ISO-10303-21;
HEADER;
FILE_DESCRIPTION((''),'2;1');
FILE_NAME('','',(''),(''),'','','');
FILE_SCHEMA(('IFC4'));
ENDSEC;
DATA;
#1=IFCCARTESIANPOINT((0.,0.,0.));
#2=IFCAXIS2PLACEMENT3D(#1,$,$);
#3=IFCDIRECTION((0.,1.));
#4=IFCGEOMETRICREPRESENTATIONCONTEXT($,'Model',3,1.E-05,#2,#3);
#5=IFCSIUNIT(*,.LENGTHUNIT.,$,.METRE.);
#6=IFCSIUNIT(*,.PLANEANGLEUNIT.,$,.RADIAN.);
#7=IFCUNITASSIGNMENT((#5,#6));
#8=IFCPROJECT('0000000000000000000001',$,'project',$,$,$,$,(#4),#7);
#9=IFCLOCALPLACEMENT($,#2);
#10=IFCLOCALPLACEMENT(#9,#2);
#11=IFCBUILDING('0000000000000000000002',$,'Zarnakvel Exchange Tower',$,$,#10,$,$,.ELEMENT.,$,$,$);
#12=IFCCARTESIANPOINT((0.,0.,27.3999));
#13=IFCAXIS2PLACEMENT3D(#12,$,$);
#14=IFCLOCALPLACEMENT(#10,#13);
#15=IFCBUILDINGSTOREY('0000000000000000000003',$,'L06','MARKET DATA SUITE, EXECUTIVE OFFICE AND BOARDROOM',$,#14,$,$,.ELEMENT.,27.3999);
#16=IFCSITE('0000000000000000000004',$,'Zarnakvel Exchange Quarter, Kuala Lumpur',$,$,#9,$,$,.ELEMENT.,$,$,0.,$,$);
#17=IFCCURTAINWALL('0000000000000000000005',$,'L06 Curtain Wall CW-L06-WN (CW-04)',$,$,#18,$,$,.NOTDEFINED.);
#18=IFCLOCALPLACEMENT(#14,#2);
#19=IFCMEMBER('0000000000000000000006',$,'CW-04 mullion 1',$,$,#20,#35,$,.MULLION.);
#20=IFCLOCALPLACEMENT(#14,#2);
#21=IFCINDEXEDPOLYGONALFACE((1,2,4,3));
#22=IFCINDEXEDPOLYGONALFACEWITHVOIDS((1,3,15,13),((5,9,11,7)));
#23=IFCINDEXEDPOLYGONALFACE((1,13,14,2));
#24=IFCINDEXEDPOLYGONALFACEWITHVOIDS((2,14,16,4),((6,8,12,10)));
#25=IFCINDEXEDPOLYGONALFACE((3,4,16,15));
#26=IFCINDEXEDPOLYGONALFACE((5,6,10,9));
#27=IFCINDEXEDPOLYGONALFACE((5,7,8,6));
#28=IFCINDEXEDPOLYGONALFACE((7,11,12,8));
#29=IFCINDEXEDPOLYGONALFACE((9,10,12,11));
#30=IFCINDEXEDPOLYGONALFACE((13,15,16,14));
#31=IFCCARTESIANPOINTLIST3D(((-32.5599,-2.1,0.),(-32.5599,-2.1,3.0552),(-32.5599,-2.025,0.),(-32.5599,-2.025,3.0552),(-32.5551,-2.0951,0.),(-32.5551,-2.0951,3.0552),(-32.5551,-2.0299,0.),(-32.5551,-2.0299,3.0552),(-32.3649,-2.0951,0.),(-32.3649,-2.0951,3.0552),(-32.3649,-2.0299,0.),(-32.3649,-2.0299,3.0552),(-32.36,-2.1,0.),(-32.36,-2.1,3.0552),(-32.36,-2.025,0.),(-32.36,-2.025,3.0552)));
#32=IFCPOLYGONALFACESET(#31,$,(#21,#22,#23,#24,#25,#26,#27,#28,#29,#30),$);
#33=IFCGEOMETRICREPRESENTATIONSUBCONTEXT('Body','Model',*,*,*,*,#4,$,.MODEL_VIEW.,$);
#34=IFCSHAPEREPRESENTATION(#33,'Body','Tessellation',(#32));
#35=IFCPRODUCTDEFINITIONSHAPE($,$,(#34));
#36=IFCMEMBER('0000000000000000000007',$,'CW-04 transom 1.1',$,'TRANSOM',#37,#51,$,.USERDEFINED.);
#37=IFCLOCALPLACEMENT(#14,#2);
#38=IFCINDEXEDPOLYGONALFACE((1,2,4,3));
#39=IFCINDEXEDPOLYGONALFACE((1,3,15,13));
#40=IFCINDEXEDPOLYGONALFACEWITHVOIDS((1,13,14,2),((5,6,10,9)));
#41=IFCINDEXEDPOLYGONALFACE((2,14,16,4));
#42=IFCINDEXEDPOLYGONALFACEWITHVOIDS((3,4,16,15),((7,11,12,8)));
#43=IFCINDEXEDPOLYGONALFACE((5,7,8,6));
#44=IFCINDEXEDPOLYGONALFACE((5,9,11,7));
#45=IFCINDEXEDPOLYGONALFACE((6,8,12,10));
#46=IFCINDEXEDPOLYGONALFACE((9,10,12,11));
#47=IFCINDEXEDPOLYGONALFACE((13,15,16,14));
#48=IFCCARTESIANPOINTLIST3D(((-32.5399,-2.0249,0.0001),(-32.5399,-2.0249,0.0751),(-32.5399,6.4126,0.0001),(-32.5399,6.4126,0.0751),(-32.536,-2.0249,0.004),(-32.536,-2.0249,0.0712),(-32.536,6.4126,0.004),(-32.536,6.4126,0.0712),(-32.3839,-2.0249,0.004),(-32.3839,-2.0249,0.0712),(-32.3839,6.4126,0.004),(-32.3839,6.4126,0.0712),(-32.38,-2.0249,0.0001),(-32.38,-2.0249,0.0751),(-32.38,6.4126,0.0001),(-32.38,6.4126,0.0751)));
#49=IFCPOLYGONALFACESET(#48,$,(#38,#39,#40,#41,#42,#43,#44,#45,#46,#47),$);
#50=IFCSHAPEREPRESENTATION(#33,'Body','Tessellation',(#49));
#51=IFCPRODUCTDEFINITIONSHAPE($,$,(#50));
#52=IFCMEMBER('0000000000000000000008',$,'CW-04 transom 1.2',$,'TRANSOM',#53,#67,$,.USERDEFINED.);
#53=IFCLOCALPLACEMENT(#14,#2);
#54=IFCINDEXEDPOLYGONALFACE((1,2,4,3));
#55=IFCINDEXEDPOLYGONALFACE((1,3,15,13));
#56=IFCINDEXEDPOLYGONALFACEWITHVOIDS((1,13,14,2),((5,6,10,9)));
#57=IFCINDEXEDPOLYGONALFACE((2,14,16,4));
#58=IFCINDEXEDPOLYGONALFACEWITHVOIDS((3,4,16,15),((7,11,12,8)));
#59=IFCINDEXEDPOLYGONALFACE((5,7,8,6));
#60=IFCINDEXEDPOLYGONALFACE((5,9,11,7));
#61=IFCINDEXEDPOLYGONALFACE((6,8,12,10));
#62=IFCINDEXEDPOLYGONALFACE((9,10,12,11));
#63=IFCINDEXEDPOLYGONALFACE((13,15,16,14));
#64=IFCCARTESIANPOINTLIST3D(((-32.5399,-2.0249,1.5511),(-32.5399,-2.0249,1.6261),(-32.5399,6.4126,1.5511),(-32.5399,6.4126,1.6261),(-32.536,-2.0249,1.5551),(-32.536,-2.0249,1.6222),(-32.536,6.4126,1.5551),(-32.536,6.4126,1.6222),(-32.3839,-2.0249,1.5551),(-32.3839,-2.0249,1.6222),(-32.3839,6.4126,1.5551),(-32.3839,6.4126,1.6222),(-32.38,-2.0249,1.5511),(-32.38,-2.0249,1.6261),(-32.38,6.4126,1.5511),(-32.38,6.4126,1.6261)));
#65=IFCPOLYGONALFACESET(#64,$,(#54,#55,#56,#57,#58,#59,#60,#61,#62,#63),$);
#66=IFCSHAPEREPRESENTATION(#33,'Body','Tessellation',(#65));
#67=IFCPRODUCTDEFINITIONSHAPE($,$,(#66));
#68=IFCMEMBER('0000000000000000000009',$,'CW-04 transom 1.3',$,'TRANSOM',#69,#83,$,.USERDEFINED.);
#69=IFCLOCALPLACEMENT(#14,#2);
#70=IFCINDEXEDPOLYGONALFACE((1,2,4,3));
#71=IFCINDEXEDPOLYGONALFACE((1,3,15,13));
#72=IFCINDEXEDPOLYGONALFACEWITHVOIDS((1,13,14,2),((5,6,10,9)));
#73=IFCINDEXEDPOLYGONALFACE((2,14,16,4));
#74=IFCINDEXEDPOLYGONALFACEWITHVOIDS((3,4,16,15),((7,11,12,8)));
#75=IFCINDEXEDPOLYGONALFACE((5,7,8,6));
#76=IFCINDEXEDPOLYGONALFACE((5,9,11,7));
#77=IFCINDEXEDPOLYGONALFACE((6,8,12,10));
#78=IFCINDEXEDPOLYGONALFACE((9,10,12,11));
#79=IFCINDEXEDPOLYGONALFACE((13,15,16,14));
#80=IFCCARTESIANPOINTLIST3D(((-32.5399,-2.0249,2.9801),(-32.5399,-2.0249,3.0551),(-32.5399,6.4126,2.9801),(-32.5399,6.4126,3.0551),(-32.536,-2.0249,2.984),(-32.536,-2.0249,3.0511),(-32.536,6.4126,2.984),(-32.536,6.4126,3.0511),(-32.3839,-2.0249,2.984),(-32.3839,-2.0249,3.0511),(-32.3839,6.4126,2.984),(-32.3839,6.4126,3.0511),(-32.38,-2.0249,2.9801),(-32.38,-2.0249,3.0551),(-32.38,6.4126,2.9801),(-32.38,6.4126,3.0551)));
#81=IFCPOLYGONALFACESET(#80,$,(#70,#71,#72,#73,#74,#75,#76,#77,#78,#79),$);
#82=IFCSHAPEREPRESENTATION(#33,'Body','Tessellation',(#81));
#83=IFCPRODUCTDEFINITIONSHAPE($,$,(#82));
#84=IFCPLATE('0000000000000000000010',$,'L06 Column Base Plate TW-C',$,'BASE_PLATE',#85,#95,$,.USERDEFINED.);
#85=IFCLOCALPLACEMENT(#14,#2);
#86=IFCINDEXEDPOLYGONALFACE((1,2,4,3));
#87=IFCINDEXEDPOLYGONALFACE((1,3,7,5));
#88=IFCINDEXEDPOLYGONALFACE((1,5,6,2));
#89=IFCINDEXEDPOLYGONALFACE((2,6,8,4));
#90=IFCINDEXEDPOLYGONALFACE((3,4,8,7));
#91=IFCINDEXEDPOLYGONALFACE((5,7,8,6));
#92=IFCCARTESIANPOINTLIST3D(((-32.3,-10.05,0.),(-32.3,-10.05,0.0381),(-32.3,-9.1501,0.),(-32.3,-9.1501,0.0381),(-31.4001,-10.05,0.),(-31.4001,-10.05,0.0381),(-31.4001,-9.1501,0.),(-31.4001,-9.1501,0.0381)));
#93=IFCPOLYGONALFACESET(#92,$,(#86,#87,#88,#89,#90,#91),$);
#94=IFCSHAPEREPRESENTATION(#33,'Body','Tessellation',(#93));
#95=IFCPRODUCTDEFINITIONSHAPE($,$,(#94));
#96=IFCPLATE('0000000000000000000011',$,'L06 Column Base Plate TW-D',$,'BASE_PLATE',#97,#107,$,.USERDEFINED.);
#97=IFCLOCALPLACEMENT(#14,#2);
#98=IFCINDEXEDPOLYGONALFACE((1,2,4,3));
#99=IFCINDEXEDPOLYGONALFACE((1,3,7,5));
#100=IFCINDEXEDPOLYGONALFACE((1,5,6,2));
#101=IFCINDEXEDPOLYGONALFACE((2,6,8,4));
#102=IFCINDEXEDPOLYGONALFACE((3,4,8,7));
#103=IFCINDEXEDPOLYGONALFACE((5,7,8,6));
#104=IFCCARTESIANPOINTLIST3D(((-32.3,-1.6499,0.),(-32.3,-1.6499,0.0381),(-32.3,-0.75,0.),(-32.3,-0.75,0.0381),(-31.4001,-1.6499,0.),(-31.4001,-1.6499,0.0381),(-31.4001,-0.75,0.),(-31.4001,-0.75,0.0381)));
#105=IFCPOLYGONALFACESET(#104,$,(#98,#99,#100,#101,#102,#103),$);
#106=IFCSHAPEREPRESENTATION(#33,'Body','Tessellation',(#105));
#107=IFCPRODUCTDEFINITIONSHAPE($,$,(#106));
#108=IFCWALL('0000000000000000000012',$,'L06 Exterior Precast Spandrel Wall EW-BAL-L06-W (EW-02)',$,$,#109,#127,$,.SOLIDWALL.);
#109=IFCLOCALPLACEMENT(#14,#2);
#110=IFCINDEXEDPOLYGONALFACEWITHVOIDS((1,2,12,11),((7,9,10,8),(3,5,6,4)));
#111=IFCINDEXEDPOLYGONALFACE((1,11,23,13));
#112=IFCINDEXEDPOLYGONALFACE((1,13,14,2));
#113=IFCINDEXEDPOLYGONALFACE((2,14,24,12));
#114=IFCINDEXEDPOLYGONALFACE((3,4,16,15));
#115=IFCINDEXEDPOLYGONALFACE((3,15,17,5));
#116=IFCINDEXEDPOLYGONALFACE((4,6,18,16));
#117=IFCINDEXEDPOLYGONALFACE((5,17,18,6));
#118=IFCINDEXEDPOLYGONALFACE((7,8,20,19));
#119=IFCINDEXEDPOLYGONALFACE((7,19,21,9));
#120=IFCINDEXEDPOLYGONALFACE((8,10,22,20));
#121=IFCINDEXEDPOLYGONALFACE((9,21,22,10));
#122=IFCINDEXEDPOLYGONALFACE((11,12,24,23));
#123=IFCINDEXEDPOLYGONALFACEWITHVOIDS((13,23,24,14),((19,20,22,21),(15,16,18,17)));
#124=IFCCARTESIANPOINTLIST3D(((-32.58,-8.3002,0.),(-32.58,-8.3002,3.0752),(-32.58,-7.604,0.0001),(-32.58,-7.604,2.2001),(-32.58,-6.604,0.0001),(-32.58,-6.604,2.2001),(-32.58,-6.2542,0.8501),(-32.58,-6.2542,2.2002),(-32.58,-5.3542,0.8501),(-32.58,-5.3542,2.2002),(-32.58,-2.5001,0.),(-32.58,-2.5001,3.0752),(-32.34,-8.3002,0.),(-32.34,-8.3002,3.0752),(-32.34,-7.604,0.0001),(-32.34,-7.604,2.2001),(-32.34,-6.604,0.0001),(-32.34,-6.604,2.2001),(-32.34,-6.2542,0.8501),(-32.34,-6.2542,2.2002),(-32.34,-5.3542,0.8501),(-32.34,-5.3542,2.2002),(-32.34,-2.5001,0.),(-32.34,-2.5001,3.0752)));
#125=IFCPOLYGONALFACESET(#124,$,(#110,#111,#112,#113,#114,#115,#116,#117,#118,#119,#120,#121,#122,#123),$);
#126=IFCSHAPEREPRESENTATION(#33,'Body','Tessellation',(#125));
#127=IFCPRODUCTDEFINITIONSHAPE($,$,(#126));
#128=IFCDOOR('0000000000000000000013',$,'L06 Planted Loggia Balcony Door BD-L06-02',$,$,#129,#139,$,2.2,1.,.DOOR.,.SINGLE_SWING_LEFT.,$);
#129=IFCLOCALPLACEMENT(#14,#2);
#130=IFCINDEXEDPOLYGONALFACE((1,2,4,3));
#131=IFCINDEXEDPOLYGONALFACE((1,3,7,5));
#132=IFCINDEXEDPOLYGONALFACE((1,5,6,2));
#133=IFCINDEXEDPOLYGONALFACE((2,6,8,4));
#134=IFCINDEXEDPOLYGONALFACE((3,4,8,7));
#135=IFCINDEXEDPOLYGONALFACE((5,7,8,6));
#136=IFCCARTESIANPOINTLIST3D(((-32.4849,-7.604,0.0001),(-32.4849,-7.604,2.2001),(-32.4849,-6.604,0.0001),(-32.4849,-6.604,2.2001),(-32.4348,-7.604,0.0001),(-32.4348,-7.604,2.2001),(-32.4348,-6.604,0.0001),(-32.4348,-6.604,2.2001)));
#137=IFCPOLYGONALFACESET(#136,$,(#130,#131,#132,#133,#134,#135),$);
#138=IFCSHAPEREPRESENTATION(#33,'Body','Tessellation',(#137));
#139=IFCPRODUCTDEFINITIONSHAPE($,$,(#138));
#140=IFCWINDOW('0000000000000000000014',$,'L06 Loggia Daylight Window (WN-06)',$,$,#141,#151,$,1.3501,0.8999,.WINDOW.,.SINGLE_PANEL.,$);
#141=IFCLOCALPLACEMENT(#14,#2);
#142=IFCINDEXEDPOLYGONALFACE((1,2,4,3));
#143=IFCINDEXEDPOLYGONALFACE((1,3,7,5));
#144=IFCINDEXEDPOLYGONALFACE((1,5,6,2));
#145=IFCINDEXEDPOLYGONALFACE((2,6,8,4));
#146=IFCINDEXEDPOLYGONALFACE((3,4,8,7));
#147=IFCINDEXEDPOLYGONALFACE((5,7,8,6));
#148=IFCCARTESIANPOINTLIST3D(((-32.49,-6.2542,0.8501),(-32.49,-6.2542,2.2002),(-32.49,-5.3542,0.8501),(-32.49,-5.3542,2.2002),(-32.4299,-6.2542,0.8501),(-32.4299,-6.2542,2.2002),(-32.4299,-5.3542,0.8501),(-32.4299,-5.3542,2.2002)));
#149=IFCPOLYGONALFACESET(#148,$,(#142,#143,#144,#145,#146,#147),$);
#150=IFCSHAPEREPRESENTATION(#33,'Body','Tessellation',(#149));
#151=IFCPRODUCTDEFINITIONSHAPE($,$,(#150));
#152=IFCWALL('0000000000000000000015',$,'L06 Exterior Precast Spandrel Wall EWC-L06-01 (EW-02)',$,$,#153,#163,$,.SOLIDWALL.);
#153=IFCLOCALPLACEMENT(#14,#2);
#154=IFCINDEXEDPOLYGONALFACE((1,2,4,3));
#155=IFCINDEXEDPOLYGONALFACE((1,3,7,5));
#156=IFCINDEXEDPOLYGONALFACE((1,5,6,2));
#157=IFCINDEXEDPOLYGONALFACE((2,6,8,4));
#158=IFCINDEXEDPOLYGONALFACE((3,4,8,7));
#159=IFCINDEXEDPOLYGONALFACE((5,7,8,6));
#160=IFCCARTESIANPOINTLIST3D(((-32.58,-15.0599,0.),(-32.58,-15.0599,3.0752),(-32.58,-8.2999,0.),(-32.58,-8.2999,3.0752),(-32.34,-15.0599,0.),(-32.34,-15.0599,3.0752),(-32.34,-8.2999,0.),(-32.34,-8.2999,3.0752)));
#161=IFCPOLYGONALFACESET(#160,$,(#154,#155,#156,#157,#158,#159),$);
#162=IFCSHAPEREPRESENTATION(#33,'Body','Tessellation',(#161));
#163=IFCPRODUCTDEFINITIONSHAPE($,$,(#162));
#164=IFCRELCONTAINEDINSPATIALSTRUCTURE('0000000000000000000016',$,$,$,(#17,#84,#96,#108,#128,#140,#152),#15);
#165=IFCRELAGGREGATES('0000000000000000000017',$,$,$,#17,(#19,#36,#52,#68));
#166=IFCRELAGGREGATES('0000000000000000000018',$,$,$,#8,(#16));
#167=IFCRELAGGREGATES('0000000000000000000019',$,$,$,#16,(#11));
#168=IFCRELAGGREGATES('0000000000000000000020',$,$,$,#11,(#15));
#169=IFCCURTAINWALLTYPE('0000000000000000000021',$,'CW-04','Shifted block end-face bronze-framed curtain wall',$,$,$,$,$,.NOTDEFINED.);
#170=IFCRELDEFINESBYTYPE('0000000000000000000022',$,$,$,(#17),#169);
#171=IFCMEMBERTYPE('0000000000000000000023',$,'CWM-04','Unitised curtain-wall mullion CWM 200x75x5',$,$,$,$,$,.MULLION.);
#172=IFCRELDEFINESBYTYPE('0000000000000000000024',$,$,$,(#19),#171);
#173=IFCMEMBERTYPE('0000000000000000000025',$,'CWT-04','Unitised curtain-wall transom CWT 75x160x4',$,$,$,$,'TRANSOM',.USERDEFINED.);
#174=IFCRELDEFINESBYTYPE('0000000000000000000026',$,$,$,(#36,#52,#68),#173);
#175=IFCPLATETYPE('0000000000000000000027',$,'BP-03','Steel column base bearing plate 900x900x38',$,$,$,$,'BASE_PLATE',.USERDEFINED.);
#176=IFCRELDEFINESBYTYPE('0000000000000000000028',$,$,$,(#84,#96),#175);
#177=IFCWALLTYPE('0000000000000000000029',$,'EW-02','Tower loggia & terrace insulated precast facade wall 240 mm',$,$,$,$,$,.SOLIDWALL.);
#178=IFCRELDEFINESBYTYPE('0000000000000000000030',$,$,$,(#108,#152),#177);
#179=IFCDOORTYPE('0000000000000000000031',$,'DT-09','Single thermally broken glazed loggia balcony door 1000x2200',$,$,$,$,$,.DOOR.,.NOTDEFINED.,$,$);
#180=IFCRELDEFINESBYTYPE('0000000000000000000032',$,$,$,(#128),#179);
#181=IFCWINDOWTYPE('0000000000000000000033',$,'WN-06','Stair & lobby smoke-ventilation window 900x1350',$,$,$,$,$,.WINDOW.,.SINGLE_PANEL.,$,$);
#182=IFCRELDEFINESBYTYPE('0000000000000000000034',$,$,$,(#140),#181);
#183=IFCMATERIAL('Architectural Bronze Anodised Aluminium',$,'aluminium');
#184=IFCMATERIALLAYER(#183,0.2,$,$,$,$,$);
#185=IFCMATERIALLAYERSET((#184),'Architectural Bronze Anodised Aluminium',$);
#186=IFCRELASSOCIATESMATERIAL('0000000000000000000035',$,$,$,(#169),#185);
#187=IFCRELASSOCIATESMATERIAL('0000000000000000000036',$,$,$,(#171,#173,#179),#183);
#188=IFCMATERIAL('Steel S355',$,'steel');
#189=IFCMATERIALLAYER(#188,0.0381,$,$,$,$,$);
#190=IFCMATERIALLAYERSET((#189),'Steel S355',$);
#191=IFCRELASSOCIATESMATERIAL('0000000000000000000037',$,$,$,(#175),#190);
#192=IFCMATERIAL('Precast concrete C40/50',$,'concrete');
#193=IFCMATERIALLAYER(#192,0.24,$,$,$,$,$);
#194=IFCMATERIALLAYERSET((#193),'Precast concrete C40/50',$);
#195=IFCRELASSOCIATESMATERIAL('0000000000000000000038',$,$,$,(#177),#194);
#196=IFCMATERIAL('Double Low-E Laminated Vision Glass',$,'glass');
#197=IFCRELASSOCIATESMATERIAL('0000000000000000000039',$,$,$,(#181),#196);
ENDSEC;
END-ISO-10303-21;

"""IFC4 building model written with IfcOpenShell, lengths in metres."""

from ifc_helpers import new_model, si_unit, direction, frame, frame_2d, origin, origin_2d, place, context, subcontext, project, spatial, rectangle, hollow_rectangle, extrude, source, transform, mapped, material, layer, layer_set, material_profile, profile_set, type_object, element, fill, aggregate, save


model = new_model("IFC4")

# Units and contexts
model_context = context("Model", 3, precision=1e-05, world=origin(), true_north=direction((0.0, 1.0)))
body_context = subcontext(model_context, "Body", "Model", "MODEL_VIEW")
ifc_project = project(units=[si_unit("LENGTHUNIT", "METRE"), si_unit("PLANEANGLEUNIT", "RADIAN")], contexts=[model_context])

# Site, building, storey
site_placement = place(None, origin())
site = spatial("IfcSite", under=ifc_project, at=site_placement, Name="Zarnakvel Exchange Quarter, Kuala Lumpur", CompositionType="ELEMENT", RefElevation=0.0)
building_placement = place(site_placement, origin())
building = spatial("IfcBuilding", under=site, at=building_placement, Name="Zarnakvel Exchange Tower", CompositionType="ELEMENT")
storey_placement = place(building_placement, frame((0.0, 0.0, 27.3999)))
storey = spatial("IfcBuildingStorey", under=building, at=storey_placement, Name="L06", Description="MARKET DATA SUITE, EXECUTIVE OFFICE AND BOARDROOM", CompositionType="ELEMENT", Elevation=27.3999)

# Shared definitions
ifc_material_1 = material(Name="Steel S355", Category="steel")

# Curtain wall, members
ifc_material_2 = material(Name="Architectural Bronze Anodised Aluminium", Category="aluminium")
ifc_layer_1 = layer(ifc_material_2, 0.2)
ifc_layer_set_1 = layer_set([ifc_layer_1], Name="Architectural Bronze Anodised Aluminium")
curtain_wall_type = type_object("IfcCurtainWallType", Name="CW-04", Description="Shifted block end-face bronze-framed curtain wall", PredefinedType="NOTDEFINED", material=ifc_layer_set_1)
curtain_wall_placement = place(storey_placement, origin())
curtain_wall = element("IfcCurtainWall", 1, at=curtain_wall_placement, inside=storey, type_object=curtain_wall_type, Name="L06 Curtain Wall CW-L06-WN (CW-04)", PredefinedType="NOTDEFINED")
ifc_material_profile_1 = material_profile(ifc_material_2, hollow_rectangle(XDim=0.2, YDim=0.075, WallThickness=0.0049, at=origin_2d()))
ifc_profile_set_1 = profile_set([ifc_material_profile_1], Name="Architectural Bronze Anodised Aluminium")
member_type_1 = type_object("IfcMemberType", Name="CWM-04", Description="Unitised curtain-wall mullion CWM 200x75x5", PredefinedType="MULLION", material=ifc_profile_set_1)
shared_shape_1 = source(origin(), body_context, "Body", "SweptSolid", [
    extrude(hollow_rectangle(XDim=0.2, YDim=0.075, WallThickness=0.0049, at=origin_2d()), origin(), (0.0, 0.0, 1.0), 3.0552),
])
member_1_placement = place(storey_placement, frame((-32.46, -2.0625, 0.0), z_axis=(0.0, 0.0, 1.0), x_axis=(-1.0, 0.0, 0.0)))
member_1 = element("IfcMember", 2, at=member_1_placement, type_object=member_type_1, Name="CW-04 mullion 1", PredefinedType="MULLION", context=body_context, shape_type="MappedRepresentation", body=[
    mapped(shared_shape_1, transform((0.0, 0.0, 0.0), x_axis=(1.0, 0.0, 0.0), y_axis=(0.0, 1.0, 0.0), z_axis=(0.0, 0.0, 1.0), scale=1.0)),
])
ifc_material_profile_2 = material_profile(ifc_material_2, hollow_rectangle(XDim=0.1599, YDim=0.075, WallThickness=0.0039, at=origin_2d()))
ifc_profile_set_2 = profile_set([ifc_material_profile_2], Name="Architectural Bronze Anodised Aluminium")
member_type_2 = type_object("IfcMemberType", Name="CWT-04", Description="Unitised curtain-wall transom CWT 75x160x4", ElementType="TRANSOM", PredefinedType="USERDEFINED", material=ifc_profile_set_2)
shared_shape_2 = source(origin(), body_context, "Body", "SweptSolid", [
    extrude(hollow_rectangle(XDim=0.1599, YDim=0.075, WallThickness=0.0039, at=origin_2d()), origin(), (0.0, 0.0, 1.0), 8.4375),
])
member_2_placement = place(storey_placement, frame((-32.46, -2.0249, 0.0376), z_axis=(0.0, 1.0, 0.0), x_axis=(-1.0, 0.0, 0.0)))
member_2 = element("IfcMember", 3, at=member_2_placement, type_object=member_type_2, Name="CW-04 transom 1.1", ObjectType="TRANSOM", PredefinedType="USERDEFINED", context=body_context, shape_type="MappedRepresentation", body=[
    mapped(shared_shape_2, transform((0.0, 0.0, 0.0), x_axis=(1.0, 0.0, 0.0), y_axis=(0.0, 1.0, 0.0), z_axis=(0.0, 0.0, 1.0), scale=1.0)),
])
member_3_placement = place(storey_placement, frame((-32.46, -2.0249, 1.5886), z_axis=(0.0, 1.0, 0.0), x_axis=(-1.0, 0.0, 0.0)))
member_3 = element("IfcMember", 4, at=member_3_placement, type_object=member_type_2, Name="CW-04 transom 1.2", ObjectType="TRANSOM", PredefinedType="USERDEFINED", context=body_context, shape_type="MappedRepresentation", body=[
    mapped(shared_shape_2, transform((0.0, 0.0, 0.0), x_axis=(1.0, 0.0, 0.0), y_axis=(0.0, 1.0, 0.0), z_axis=(0.0, 0.0, 1.0), scale=1.0)),
])
member_4_placement = place(storey_placement, frame((-32.46, -2.0249, 3.0176), z_axis=(0.0, 1.0, 0.0), x_axis=(-1.0, 0.0, 0.0)))
member_4 = element("IfcMember", 5, at=member_4_placement, type_object=member_type_2, Name="CW-04 transom 1.3", ObjectType="TRANSOM", PredefinedType="USERDEFINED", context=body_context, shape_type="MappedRepresentation", body=[
    mapped(shared_shape_2, transform((0.0, 0.0, 0.0), x_axis=(1.0, 0.0, 0.0), y_axis=(0.0, 1.0, 0.0), z_axis=(0.0, 0.0, 1.0), scale=1.0)),
])
aggregate(curtain_wall, [member_1, member_2, member_3, member_4])

# Plates
ifc_layer_2 = layer(ifc_material_1, 0.0381)
ifc_layer_set_2 = layer_set([ifc_layer_2], Name="Steel S355")
plate_type = type_object("IfcPlateType", Name="BP-03", Description="Steel column base bearing plate 900x900x38", ElementType="BASE_PLATE", PredefinedType="USERDEFINED", material=ifc_layer_set_2)
shared_shape_3 = source(origin(), body_context, "Body", "SweptSolid", [
    extrude(rectangle(XDim=0.8999, YDim=0.8999, at=origin_2d()), origin(), (0.0, 0.0, 1.0), 0.0381),
])
for number, where, z_axis, x_axis, name in (
    (6, (-31.8501, -9.6001, 0.0), (0.0, 0.0, 1.0), (1.0, 0.0, 0.0), "L06 Column Base Plate TW-C"),
    (7, (-31.8501, -1.2, 0.0), (0.0, 0.0, 1.0), (1.0, 0.0, 0.0), "L06 Column Base Plate TW-D"),
):
    element("IfcPlate", number, at=place(storey_placement, frame(where, z_axis=z_axis, x_axis=x_axis)), inside=storey, type_object=plate_type, Name=name, ObjectType="BASE_PLATE", PredefinedType="USERDEFINED", context=body_context, shape_type="MappedRepresentation", body=[
        mapped(shared_shape_3, transform((0.0, 0.0, 0.0), x_axis=(1.0, 0.0, 0.0), y_axis=(0.0, 1.0, 0.0), z_axis=(0.0, 0.0, 1.0), scale=1.0)),
    ])

# Wall, openings, door, window
ifc_material_3 = material(Name="Precast concrete C40/50", Category="concrete")
ifc_layer_3 = layer(ifc_material_3, 0.24)
ifc_layer_set_3 = layer_set([ifc_layer_3], Name="Precast concrete C40/50")
wall_type_1 = type_object("IfcWallType", Name="EW-02", Description="Tower loggia & terrace insulated precast facade wall 240 mm", PredefinedType="SOLIDWALL", material=ifc_layer_set_3)
wall_1_placement = place(storey_placement, frame((-32.46, -8.3, 0.0), z_axis=(0.0, 0.0, 1.0), x_axis=(0.0, 1.0, 0.0)))
wall_1 = element("IfcWall", 8, at=wall_1_placement, inside=storey, type_object=wall_type_1, Name="L06 Exterior Precast Spandrel Wall EW-BAL-L06-W (EW-02)", PredefinedType="SOLIDWALL", context=body_context, shape_type="SweptSolid", body=[
    extrude(rectangle(XDim=5.8, YDim=0.24, at=frame_2d((2.8999, 0.0))), origin(), (0.0, 0.0, 1.0), 3.0752),
])
opening_1_placement = place(wall_1_placement, frame((0.696, 0.0, 0.0)))
opening_1 = element("IfcOpeningElement", 9, at=opening_1_placement, cuts=wall_1, PredefinedType="OPENING", context=body_context, shape_type="SweptSolid", body=[
    extrude(rectangle(XDim=1.0, YDim=2.2, at=frame_2d((0.5, 1.1001))), frame((0.0, 0.1299, 0.0), z_axis=(0.0, -1.0, 0.0), x_axis=(1.0, 0.0, 0.0)), (0.0, 0.0, 1.0), 0.26),
])
opening_2_placement = place(wall_1_placement, frame((2.0459, 0.0, 0.8501)))
opening_2 = element("IfcOpeningElement", 10, at=opening_2_placement, cuts=wall_1, PredefinedType="OPENING", context=body_context, shape_type="SweptSolid", body=[
    extrude(rectangle(XDim=0.8999, YDim=1.3501, at=frame_2d((0.45, 0.675))), frame((0.0, 0.1299, 0.0), z_axis=(0.0, -1.0, 0.0), x_axis=(1.0, 0.0, 0.0)), (0.0, 0.0, 1.0), 0.26),
])
door_type_1 = type_object("IfcDoorType", Name="DT-09", Description="Single thermally broken glazed loggia balcony door 1000x2200", OperationType="NOTDEFINED", PredefinedType="DOOR", material=ifc_material_2)
shared_shape_4 = source(origin(), body_context, "Body", "SweptSolid", [
    extrude(rectangle(XDim=1.0, YDim=2.2, at=frame_2d((0.5, 1.1001))), frame((0.0, 0.0249, 0.0), z_axis=(0.0, -1.0, 0.0), x_axis=(1.0, 0.0, 0.0)), (0.0, 0.0, 1.0), 0.05),
])
door_1_placement = place(opening_1_placement, origin())
door_1 = element("IfcDoor", 11, at=door_1_placement, inside=storey, type_object=door_type_1, Name="L06 Planted Loggia Balcony Door BD-L06-02", OperationType="SINGLE_SWING_LEFT", OverallHeight=2.2, OverallWidth=1.0, PredefinedType="DOOR", context=body_context, shape_type="MappedRepresentation", body=[
    mapped(shared_shape_4, transform((0.0, 0.0, 0.0), x_axis=(1.0, 0.0, 0.0), y_axis=(0.0, 1.0, 0.0), z_axis=(0.0, 0.0, 1.0), scale=1.0)),
])
fill(opening_1, door_1)
ifc_material_4 = material(Name="Double Low-E Laminated Vision Glass", Category="glass")
window_type = type_object("IfcWindowType", Name="WN-06", Description="Stair & lobby smoke-ventilation window 900x1350", PartitioningType="SINGLE_PANEL", PredefinedType="WINDOW", material=ifc_material_4)
shared_shape_5 = source(origin(), body_context, "Body", "SweptSolid", [
    extrude(rectangle(XDim=0.8999, YDim=1.3501, at=frame_2d((0.45, 0.675))), frame((0.0, 0.03, 0.0), z_axis=(0.0, -1.0, 0.0), x_axis=(1.0, 0.0, 0.0)), (0.0, 0.0, 1.0), 0.0601),
])
window_placement = place(opening_2_placement, origin())
window = element("IfcWindow", 12, at=window_placement, inside=storey, type_object=window_type, Name="L06 Loggia Daylight Window (WN-06)", OverallHeight=1.3501, OverallWidth=0.8999, PartitioningType="SINGLE_PANEL", PredefinedType="WINDOW", context=body_context, shape_type="MappedRepresentation", body=[
    mapped(shared_shape_5, transform((0.0, 0.0, 0.0), x_axis=(1.0, 0.0, 0.0), y_axis=(0.0, 1.0, 0.0), z_axis=(0.0, 0.0, 1.0), scale=1.0)),
])
fill(opening_2, window)

# Wall
wall_2_placement = place(storey_placement, frame((-32.46, -8.3, 0.0), z_axis=(0.0, 0.0, 1.0), x_axis=(0.0, -1.0, 0.0)))
element("IfcWall", 13, at=wall_2_placement, inside=storey, type_object=wall_type_1, Name="L06 Exterior Precast Spandrel Wall EWC-L06-01 (EW-02)", PredefinedType="SOLIDWALL", context=body_context, shape_type="SweptSolid", body=[
    extrude(rectangle(XDim=6.76, YDim=0.24, at=frame_2d((3.3799, 0.0))), origin(), (0.0, 0.0, 1.0), 3.0752),
])

save(model, "model.ifc")
